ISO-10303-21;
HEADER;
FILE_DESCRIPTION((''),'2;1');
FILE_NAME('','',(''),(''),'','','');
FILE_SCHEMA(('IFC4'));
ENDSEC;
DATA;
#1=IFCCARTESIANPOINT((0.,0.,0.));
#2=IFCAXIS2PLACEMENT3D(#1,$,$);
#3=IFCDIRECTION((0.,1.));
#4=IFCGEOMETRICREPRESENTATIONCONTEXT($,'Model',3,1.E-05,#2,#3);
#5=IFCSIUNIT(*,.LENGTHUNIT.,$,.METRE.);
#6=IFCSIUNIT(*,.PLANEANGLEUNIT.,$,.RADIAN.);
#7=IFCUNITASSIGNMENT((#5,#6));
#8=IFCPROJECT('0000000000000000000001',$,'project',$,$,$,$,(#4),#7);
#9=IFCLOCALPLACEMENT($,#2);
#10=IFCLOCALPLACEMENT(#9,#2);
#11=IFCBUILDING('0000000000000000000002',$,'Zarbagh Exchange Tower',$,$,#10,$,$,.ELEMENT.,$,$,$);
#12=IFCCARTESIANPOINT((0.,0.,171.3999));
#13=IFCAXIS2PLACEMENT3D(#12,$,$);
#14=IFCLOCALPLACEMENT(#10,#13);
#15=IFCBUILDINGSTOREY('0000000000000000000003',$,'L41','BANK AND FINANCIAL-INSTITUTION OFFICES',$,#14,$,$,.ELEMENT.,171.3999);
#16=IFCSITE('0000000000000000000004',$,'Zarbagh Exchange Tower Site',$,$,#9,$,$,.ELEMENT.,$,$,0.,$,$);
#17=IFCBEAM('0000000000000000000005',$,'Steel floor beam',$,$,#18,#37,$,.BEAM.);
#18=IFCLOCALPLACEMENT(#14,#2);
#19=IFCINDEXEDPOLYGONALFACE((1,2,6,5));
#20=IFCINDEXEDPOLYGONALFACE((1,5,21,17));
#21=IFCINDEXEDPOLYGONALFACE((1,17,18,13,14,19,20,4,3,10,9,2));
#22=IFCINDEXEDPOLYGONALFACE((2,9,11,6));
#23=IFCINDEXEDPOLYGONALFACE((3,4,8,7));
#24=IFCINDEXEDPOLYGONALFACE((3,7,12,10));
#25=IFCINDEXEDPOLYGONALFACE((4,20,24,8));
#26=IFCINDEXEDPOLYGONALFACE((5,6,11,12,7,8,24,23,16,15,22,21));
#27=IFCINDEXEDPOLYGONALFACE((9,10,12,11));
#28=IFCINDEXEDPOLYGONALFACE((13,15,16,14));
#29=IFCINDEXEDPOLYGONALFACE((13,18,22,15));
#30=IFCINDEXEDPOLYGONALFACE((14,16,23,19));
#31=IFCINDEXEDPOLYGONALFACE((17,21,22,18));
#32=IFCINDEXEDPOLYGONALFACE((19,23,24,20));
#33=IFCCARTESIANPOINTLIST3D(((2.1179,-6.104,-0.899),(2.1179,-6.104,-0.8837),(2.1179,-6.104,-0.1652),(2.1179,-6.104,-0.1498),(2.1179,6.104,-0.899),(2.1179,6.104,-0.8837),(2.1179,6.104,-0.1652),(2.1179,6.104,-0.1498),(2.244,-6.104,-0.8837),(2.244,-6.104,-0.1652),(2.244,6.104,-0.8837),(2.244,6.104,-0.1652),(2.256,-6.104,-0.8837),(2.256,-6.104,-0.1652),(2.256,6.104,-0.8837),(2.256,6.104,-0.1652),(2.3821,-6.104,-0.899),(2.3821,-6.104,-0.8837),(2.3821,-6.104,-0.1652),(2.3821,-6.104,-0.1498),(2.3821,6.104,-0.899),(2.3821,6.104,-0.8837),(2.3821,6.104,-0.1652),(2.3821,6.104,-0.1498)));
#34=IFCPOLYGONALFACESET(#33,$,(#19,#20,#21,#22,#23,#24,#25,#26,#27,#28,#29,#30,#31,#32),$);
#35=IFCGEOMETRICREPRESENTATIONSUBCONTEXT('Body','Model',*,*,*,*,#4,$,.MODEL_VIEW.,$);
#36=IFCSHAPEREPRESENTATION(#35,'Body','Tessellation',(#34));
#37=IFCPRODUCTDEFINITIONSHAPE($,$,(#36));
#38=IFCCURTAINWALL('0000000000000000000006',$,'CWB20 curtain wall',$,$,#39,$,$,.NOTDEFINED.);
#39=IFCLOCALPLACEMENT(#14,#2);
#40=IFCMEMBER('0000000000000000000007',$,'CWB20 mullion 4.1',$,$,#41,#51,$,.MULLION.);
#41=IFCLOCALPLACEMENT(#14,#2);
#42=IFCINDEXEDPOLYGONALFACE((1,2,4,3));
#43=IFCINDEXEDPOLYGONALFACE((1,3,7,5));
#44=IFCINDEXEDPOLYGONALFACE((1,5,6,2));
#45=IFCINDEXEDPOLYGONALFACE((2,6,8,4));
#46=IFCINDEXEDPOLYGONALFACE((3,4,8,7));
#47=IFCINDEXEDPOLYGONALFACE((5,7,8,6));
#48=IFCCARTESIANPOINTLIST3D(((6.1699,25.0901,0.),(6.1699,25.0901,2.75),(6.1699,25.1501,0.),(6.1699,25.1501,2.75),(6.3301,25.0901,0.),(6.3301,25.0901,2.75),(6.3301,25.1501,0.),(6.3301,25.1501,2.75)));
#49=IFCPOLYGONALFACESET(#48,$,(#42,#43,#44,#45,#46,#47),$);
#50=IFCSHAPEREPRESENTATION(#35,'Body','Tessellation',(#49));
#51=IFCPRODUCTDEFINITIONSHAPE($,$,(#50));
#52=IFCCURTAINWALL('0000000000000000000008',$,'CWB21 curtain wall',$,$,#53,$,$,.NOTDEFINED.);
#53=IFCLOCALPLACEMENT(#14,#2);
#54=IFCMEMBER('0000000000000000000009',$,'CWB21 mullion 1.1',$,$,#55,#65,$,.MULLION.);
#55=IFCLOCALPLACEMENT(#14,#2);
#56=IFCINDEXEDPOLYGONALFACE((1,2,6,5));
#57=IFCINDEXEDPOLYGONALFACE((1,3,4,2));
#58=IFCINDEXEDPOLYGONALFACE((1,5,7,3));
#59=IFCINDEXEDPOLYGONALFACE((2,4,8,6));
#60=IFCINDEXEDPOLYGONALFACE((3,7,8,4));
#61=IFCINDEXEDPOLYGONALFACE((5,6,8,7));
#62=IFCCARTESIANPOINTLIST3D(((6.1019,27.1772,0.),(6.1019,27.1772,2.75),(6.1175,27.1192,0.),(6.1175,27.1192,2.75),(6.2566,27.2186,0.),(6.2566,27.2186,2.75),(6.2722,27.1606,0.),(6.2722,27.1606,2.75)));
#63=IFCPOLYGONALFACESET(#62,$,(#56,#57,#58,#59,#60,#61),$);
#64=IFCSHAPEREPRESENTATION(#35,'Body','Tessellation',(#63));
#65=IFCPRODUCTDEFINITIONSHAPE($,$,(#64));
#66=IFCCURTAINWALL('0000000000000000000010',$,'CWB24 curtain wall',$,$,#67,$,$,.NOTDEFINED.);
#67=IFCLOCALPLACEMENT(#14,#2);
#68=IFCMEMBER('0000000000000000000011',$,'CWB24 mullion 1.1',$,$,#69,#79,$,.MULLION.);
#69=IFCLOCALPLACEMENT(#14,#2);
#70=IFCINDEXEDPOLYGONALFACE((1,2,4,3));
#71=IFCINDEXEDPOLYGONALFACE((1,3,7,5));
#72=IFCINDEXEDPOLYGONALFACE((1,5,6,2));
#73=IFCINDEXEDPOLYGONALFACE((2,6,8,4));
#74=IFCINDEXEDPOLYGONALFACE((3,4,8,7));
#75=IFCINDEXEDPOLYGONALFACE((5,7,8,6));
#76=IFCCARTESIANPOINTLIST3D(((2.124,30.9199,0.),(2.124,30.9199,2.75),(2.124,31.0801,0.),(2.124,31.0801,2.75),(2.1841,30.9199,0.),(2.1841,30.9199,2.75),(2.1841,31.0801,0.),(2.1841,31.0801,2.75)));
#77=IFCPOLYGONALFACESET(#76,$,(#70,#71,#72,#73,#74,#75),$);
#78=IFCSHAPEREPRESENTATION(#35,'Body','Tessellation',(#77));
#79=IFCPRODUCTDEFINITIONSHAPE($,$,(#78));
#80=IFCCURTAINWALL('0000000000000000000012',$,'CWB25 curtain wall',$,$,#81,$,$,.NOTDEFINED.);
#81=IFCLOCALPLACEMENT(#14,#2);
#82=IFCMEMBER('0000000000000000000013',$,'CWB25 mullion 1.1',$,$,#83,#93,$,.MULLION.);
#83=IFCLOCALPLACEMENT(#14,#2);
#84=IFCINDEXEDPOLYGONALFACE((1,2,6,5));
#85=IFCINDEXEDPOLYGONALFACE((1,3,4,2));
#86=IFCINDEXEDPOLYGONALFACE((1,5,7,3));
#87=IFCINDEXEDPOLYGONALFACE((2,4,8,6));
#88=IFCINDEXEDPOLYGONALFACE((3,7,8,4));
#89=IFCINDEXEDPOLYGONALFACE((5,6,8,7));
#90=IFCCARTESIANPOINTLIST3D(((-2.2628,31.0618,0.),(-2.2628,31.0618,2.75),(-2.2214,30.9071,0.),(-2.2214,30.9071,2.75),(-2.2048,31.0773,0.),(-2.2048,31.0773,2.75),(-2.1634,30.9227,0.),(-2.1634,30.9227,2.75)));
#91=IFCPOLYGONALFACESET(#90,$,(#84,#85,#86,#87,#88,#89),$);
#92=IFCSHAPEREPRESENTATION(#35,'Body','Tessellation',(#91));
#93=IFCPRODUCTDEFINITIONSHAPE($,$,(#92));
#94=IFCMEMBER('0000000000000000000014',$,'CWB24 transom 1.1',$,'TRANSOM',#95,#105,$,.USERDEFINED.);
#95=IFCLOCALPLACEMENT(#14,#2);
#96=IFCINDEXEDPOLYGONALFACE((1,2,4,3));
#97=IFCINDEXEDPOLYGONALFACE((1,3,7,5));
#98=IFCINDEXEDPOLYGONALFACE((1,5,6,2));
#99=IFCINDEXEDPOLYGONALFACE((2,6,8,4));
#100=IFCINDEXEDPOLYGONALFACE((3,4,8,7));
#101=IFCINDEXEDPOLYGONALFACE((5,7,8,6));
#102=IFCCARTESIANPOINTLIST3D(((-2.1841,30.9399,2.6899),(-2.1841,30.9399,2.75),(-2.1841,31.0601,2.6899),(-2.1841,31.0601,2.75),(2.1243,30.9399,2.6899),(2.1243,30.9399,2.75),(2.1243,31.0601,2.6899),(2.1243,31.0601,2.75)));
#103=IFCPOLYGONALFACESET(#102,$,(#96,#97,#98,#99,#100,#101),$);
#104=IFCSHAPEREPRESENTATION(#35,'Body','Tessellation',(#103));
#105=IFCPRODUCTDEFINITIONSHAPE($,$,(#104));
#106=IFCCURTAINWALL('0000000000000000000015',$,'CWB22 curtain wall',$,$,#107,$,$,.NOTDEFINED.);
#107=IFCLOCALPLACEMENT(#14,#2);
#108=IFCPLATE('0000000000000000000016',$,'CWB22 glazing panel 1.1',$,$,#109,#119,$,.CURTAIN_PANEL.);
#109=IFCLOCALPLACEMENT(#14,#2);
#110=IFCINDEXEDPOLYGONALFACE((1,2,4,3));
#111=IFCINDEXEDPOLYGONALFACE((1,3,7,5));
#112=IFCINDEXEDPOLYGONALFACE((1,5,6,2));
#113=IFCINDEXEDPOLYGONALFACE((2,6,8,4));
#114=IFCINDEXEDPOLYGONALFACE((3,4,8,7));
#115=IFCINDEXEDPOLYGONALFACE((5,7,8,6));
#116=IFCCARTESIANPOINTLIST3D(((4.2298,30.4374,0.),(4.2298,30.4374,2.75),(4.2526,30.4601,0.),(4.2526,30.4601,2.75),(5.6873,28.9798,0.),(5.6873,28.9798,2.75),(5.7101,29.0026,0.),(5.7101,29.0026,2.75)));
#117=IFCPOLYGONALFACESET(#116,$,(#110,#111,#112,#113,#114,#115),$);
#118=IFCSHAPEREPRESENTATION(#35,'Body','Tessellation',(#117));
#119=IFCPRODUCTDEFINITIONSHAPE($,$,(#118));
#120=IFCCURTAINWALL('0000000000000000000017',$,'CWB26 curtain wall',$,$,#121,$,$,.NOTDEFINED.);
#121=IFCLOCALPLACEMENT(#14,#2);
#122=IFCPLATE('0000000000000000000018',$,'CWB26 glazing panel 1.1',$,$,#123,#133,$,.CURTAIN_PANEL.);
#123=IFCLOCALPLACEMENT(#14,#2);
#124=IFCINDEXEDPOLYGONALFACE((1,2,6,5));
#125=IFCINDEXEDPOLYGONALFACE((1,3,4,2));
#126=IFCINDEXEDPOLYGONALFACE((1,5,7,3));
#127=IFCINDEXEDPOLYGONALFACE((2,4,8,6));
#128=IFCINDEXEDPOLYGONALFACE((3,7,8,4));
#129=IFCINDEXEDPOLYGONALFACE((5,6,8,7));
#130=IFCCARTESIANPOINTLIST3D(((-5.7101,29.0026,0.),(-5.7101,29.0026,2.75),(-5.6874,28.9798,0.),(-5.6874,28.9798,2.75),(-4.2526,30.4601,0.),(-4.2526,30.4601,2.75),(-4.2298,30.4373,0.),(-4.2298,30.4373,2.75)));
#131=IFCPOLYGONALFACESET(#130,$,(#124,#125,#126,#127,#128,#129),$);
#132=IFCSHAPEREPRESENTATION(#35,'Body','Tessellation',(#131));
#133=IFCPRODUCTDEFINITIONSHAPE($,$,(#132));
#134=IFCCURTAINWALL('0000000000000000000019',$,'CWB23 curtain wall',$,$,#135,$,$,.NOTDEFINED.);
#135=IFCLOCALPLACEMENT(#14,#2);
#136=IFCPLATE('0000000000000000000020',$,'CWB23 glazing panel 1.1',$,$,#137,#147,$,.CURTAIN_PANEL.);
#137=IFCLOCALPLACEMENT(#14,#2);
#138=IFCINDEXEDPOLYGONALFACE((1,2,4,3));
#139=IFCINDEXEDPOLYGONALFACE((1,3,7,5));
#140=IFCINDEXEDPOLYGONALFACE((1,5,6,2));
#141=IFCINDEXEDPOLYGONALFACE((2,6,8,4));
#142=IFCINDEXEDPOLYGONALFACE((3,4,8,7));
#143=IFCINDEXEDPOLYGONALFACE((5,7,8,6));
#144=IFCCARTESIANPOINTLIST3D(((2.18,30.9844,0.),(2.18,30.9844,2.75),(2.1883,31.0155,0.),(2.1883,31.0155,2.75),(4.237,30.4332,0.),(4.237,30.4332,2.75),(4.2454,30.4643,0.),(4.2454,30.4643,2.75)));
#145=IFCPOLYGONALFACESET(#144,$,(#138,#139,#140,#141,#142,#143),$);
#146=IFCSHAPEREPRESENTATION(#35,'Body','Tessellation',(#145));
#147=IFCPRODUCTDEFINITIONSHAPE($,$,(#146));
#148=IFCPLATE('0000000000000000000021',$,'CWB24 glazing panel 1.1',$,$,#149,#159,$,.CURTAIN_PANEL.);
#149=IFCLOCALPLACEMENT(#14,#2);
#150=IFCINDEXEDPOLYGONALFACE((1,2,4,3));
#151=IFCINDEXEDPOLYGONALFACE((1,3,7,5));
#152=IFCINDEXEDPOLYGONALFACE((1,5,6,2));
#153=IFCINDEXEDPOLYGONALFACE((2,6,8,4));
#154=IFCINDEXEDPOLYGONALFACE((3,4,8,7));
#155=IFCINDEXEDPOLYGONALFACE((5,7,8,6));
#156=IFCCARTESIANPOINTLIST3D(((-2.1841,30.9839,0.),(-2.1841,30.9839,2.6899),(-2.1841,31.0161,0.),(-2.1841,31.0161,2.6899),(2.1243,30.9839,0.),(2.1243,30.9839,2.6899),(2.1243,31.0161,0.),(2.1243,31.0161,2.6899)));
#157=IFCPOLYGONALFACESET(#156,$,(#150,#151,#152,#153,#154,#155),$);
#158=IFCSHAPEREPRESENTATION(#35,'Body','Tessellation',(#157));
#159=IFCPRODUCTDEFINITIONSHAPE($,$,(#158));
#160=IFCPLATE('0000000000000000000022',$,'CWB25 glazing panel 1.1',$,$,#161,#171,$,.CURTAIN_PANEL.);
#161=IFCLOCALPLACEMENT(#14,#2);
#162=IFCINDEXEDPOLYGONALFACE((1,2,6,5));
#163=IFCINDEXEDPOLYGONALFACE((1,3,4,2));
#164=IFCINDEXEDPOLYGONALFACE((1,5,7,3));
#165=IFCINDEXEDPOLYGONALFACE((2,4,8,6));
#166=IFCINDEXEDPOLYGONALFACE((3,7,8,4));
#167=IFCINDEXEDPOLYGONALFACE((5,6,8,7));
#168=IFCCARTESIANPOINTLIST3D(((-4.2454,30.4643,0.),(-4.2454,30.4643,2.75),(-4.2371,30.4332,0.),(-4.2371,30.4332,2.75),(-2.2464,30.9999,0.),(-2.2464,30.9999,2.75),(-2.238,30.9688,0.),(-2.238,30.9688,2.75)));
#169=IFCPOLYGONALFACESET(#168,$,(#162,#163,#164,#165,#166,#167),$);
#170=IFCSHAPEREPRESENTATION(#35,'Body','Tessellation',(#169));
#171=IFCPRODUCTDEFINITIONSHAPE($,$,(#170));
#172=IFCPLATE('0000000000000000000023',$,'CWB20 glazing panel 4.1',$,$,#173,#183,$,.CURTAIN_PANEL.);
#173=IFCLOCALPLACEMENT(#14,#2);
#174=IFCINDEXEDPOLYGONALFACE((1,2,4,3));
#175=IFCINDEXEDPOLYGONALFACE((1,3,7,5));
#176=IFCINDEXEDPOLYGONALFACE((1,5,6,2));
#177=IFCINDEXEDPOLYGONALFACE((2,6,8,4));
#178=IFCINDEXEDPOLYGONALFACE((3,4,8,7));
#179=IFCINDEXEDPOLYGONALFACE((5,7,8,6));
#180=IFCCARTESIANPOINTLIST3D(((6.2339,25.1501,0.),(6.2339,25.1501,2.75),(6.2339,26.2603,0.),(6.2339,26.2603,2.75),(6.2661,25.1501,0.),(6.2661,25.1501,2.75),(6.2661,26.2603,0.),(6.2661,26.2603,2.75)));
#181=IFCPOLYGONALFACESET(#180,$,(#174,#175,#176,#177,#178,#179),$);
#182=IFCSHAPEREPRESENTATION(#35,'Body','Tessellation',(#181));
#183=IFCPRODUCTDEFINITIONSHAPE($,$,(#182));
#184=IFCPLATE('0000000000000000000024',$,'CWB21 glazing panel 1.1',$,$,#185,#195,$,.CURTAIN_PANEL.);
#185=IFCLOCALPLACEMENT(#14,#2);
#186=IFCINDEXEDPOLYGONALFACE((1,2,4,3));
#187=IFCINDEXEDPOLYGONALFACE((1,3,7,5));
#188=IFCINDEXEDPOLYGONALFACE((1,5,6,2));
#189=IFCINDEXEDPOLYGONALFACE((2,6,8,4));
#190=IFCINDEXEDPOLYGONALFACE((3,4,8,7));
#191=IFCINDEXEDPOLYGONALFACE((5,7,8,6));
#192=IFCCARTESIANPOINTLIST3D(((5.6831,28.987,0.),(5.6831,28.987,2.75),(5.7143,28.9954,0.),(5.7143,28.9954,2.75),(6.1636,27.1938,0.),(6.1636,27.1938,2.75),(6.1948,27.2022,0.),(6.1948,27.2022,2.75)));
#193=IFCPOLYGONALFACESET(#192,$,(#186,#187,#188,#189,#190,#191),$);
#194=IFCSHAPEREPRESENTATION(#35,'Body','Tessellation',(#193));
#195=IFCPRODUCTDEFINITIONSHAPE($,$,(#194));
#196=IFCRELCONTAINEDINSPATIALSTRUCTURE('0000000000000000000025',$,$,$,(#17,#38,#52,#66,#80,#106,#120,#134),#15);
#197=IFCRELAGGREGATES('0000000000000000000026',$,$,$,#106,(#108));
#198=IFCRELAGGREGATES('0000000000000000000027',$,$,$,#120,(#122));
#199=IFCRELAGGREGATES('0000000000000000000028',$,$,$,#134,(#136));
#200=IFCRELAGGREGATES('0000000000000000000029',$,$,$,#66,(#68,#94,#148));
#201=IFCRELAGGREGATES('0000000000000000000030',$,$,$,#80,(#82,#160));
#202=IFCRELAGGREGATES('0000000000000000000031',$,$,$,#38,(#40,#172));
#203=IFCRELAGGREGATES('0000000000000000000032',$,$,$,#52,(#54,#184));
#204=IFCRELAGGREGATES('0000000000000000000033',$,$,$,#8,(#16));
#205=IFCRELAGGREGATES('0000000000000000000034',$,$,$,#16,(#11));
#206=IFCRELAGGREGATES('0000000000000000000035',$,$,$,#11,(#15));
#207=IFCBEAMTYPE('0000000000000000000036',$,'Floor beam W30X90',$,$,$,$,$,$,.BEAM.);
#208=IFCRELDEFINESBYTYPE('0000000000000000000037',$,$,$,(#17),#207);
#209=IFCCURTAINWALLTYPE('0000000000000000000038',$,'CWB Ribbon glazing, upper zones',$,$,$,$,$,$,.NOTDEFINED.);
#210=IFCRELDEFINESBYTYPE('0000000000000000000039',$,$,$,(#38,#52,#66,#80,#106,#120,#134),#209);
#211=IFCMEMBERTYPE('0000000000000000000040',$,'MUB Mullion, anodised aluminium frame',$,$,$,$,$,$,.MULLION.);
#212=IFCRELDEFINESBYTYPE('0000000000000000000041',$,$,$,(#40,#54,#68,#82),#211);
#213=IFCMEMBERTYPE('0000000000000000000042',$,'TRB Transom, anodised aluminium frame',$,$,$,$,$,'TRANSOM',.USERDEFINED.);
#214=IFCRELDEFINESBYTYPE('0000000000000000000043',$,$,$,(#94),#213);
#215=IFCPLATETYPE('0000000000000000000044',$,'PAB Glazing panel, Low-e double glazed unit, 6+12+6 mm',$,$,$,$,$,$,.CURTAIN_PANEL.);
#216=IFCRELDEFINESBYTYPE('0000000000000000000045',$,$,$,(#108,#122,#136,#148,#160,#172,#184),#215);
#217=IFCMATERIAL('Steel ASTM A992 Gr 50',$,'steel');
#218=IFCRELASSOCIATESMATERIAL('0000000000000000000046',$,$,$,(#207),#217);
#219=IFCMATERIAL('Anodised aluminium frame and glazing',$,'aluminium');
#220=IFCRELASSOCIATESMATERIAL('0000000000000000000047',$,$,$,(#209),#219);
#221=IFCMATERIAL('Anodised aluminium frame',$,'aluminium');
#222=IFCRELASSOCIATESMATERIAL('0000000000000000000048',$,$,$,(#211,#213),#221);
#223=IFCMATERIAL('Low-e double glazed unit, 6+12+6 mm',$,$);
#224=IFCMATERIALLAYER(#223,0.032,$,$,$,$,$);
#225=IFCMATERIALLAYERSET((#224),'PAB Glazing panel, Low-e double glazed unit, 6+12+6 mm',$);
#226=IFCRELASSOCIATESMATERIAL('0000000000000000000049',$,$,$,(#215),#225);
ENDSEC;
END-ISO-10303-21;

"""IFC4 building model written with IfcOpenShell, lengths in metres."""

from ifc_helpers import new_model, si_unit, direction, frame, origin, origin_2d, place, context, subcontext, project, spatial, polyline, i_section, outline, extrude, source, transform, mapped, material, layer, layer_set, material_profile, profile_set, type_object, element, aggregate, save


model = new_model("IFC4")

# Units and contexts
model_context = context("Model", 3, precision=1e-05, world=origin(), true_north=direction((0.0, 1.0)))
body_context = subcontext(model_context, "Body", "Model", "MODEL_VIEW")
ifc_project = project(units=[si_unit("LENGTHUNIT", "METRE"), si_unit("PLANEANGLEUNIT", "RADIAN")], contexts=[model_context])

# Site, building, storey
site_placement = place(None, origin())
site = spatial("IfcSite", under=ifc_project, at=site_placement, Name="Zarbagh Exchange Tower Site", CompositionType="ELEMENT", RefElevation=0.0)
building_placement = place(site_placement, origin())
building = spatial("IfcBuilding", under=site, at=building_placement, Name="Zarbagh Exchange Tower", CompositionType="ELEMENT")
storey_placement = place(building_placement, frame((0.0, 0.0, 171.3999)))
storey = spatial("IfcBuildingStorey", under=building, at=storey_placement, Name="L41", Description="BANK AND FINANCIAL-INSTITUTION OFFICES", CompositionType="ELEMENT", Elevation=171.3999)

# Beam
ifc_material_1 = material(Name="Steel ASTM A992 Gr 50", Category="steel")
ifc_material_profile = material_profile(ifc_material_1, i_section(OverallWidth=0.2642, OverallDepth=0.7493, WebThickness=0.012, FlangeThickness=0.0154, at=origin_2d()), Name="W30X90")
ifc_profile_set = profile_set([ifc_material_profile], Name="Steel ASTM A992 Gr 50")
beam_type = type_object("IfcBeamType", Name="Floor beam W30X90", PredefinedType="BEAM", material=ifc_profile_set)
beam_placement = place(storey_placement, frame((2.25, -6.104, -0.5244), z_axis=(0.0, 1.0, 0.0), x_axis=(-1.0, 0.0, 0.0)))
element("IfcBeam", 1, at=beam_placement, inside=storey, type_object=beam_type, Name="Steel floor beam", PredefinedType="BEAM", context=body_context, shape_type="SweptSolid", body=[
    extrude(i_section(OverallWidth=0.2642, OverallDepth=0.7493, WebThickness=0.012, FlangeThickness=0.0154, at=origin_2d()), origin(), (0.0, 0.0, 1.0), 12.208),
])

# Curtain walls, members
ifc_material_2 = material(Name="Anodised aluminium frame and glazing", Category="aluminium")
curtain_wall_type = type_object("IfcCurtainWallType", Name="CWB Ribbon glazing, upper zones", PredefinedType="NOTDEFINED", material=ifc_material_2)
curtain_wall_1_placement = place(storey_placement, origin())
curtain_wall_1 = element("IfcCurtainWall", 2, at=curtain_wall_1_placement, inside=storey, type_object=curtain_wall_type, Name="CWB20 curtain wall", PredefinedType="NOTDEFINED")
ifc_material_3 = material(Name="Anodised aluminium frame", Category="aluminium")
member_type_1 = type_object("IfcMemberType", Name="MUB Mullion, anodised aluminium frame", PredefinedType="MULLION", material=ifc_material_3)
shared_shape_1 = source(origin(), body_context, "Body", "SweptSolid", [
    extrude(outline(polyline([(0.0, -0.0801), (0.0601, -0.0801), (0.0601, 0.0801), (0.0, 0.0801), (0.0, -0.0801)])), origin(), (0.0, 0.0, 1.0), 2.75),
])
placement = place(storey_placement, origin())
member_1 = element("IfcMember", 3, at=placement, type_object=member_type_1, Name="CWB20 mullion 4.1", PredefinedType="MULLION", context=body_context, shape_type="MappedRepresentation", body=[
    mapped(shared_shape_1, transform((6.25, 25.0901, 0.0), x_axis=(0.0, 1.0, 0.0), y_axis=(-1.0, 0.0, 0.0), z_axis=(0.0, 0.0, 1.0))),
])
curtain_wall_2_placement = place(storey_placement, origin())
curtain_wall_2 = element("IfcCurtainWall", 4, at=curtain_wall_2_placement, inside=storey, type_object=curtain_wall_type, Name="CWB21 curtain wall", PredefinedType="NOTDEFINED")
member_2 = element("IfcMember", 5, at=placement, type_object=member_type_1, Name="CWB21 mullion 1.1", PredefinedType="MULLION", context=body_context, shape_type="MappedRepresentation", body=[
    mapped(shared_shape_1, transform((6.1948, 27.1399, 0.0), x_axis=(-0.258825, 0.965924, 0.0), y_axis=(-0.965924, -0.258825, 0.0), z_axis=(0.0, 0.0, 1.0))),
])
curtain_wall_3_placement = place(storey_placement, origin())
curtain_wall_3 = element("IfcCurtainWall", 6, at=curtain_wall_3_placement, inside=storey, type_object=curtain_wall_type, Name="CWB24 curtain wall", PredefinedType="NOTDEFINED")
member_3 = element("IfcMember", 7, at=placement, type_object=member_type_1, Name="CWB24 mullion 1.1", PredefinedType="MULLION", context=body_context, shape_type="MappedRepresentation", body=[
    mapped(shared_shape_1, transform((2.1841, 31.0, 0.0), x_axis=(-1.0, 0.0, 0.0), y_axis=(0.0, -1.0, 0.0), z_axis=(0.0, 0.0, 1.0))),
])
curtain_wall_4_placement = place(storey_placement, origin())
curtain_wall_4 = element("IfcCurtainWall", 8, at=curtain_wall_4_placement, inside=storey, type_object=curtain_wall_type, Name="CWB25 curtain wall", PredefinedType="NOTDEFINED")
member_4 = element("IfcMember", 9, at=placement, type_object=member_type_1, Name="CWB25 mullion 1.1", PredefinedType="MULLION", context=body_context, shape_type="MappedRepresentation", body=[
    mapped(shared_shape_1, transform((-2.1841, 31.0, 0.0), x_axis=(-0.965924, -0.258825, 0.0), y_axis=(0.258825, -0.965924, 0.0), z_axis=(0.0, 0.0, 1.0))),
])

# Member
member_type_2 = type_object("IfcMemberType", Name="TRB Transom, anodised aluminium frame", ElementType="TRANSOM", PredefinedType="USERDEFINED", material=ifc_material_3)
shared_shape_2 = source(origin(), body_context, "Body", "SweptSolid", [
    extrude(outline(polyline([(-0.0601, -0.0601), (0.0, -0.0601), (0.0, 0.0601), (-0.0601, 0.0601), (-0.0601, -0.0601)])), origin(), (0.0, 0.0, 1.0), 4.3083),
])
member_5 = element("IfcMember", 10, at=placement, type_object=member_type_2, Name="CWB24 transom 1.1", ObjectType="TRANSOM", PredefinedType="USERDEFINED", context=body_context, shape_type="MappedRepresentation", body=[
    mapped(shared_shape_2, transform((2.1243, 31.0, 2.75), x_axis=(0.0, 0.0, 1.0), y_axis=(0.0, 1.0, 0.0), z_axis=(-1.0, 0.0, 0.0))),
])

# Curtain walls, plates
curtain_wall_5_placement = place(storey_placement, origin())
curtain_wall_5 = element("IfcCurtainWall", 11, at=curtain_wall_5_placement, inside=storey, type_object=curtain_wall_type, Name="CWB22 curtain wall", PredefinedType="NOTDEFINED")
ifc_material_4 = material(Name="Low-e double glazed unit, 6+12+6 mm")
ifc_layer_1 = layer(ifc_material_4, 0.032)
ifc_layer_set_1 = layer_set([ifc_layer_1], Name="PAB Glazing panel, Low-e double glazed unit, 6+12+6 mm")
plate_type = type_object("IfcPlateType", Name="PAB Glazing panel, Low-e double glazed unit, 6+12+6 mm", PredefinedType="CURTAIN_PANEL", material=ifc_layer_set_1)
shared_shape_3 = source(origin(), body_context, "Body", "SweptSolid", [
    extrude(outline(polyline([(0.0, -0.0161), (2.0613, -0.0161), (2.0613, 0.0161), (0.0, 0.0161), (0.0, -0.0161)])), origin(), (0.0, 0.0, 1.0), 2.75),
])
plate_1 = element("IfcPlate", 12, at=placement, type_object=plate_type, Name="CWB22 glazing panel 1.1", PredefinedType="CURTAIN_PANEL", context=body_context, shape_type="MappedRepresentation", body=[
    mapped(shared_shape_3, transform((5.6987, 28.9912, 0.0), x_axis=(-0.707107, 0.707107, 0.0), y_axis=(-0.707107, -0.707107, 0.0), z_axis=(0.0, 0.0, 1.0))),
])
aggregate(curtain_wall_5, [plate_1])
curtain_wall_6_placement = place(storey_placement, origin())
curtain_wall_6 = element("IfcCurtainWall", 13, at=curtain_wall_6_placement, inside=storey, type_object=curtain_wall_type, Name="CWB26 curtain wall", PredefinedType="NOTDEFINED")
plate_2 = element("IfcPlate", 14, at=placement, type_object=plate_type, Name="CWB26 glazing panel 1.1", PredefinedType="CURTAIN_PANEL", context=body_context, shape_type="MappedRepresentation", body=[
    mapped(shared_shape_3, transform((-4.2412, 30.4487, 0.0), x_axis=(-0.707107, -0.707107, 0.0), y_axis=(0.707107, -0.707107, 0.0), z_axis=(0.0, 0.0, 1.0))),
])
aggregate(curtain_wall_6, [plate_2])
curtain_wall_7_placement = place(storey_placement, origin())
curtain_wall_7 = element("IfcCurtainWall", 15, at=curtain_wall_7_placement, inside=storey, type_object=curtain_wall_type, Name="CWB23 curtain wall", PredefinedType="NOTDEFINED")
shared_shape_4 = source(origin(), body_context, "Body", "SweptSolid", [
    extrude(outline(polyline([(0.0, -0.0161), (2.1296, -0.0161), (2.1296, 0.0161), (0.0, 0.0161), (0.0, -0.0161)])), origin(), (0.0, 0.0, 1.0), 2.75),
])
plate_3 = element("IfcPlate", 16, at=placement, type_object=plate_type, Name="CWB23 glazing panel 1.1", PredefinedType="CURTAIN_PANEL", context=body_context, shape_type="MappedRepresentation", body=[
    mapped(shared_shape_4, transform((4.2412, 30.4487, 0.0), x_axis=(-0.965924, 0.258825, 0.0), y_axis=(-0.258825, -0.965924, 0.0), z_axis=(0.0, 0.0, 1.0))),
])
aggregate(curtain_wall_7, [plate_3])

# Plates
shared_shape_5 = source(origin(), body_context, "Body", "SweptSolid", [
    extrude(outline(polyline([(0.0, -0.0161), (4.3083, -0.0161), (4.3083, 0.0161), (0.0, 0.0161), (0.0, -0.0161)])), origin(), (0.0, 0.0, 1.0), 2.6899),
])
plate_4 = element("IfcPlate", 17, at=placement, type_object=plate_type, Name="CWB24 glazing panel 1.1", PredefinedType="CURTAIN_PANEL", context=body_context, shape_type="MappedRepresentation", body=[
    mapped(shared_shape_5, transform((2.1243, 31.0, 0.0), x_axis=(-1.0, 0.0, 0.0), y_axis=(0.0, -1.0, 0.0), z_axis=(0.0, 0.0, 1.0))),
])
aggregate(curtain_wall_3, [member_3, member_5, plate_4])
shared_shape_6 = source(origin(), body_context, "Body", "SweptSolid", [
    extrude(outline(polyline([(0.0, -0.0161), (2.0696, -0.0161), (2.0696, 0.0161), (0.0, 0.0161), (0.0, -0.0161)])), origin(), (0.0, 0.0, 1.0), 2.75),
])
plate_5 = element("IfcPlate", 18, at=placement, type_object=plate_type, Name="CWB25 glazing panel 1.1", PredefinedType="CURTAIN_PANEL", context=body_context, shape_type="MappedRepresentation", body=[
    mapped(shared_shape_6, transform((-2.2422, 30.9844, 0.0), x_axis=(-0.965924, -0.258825, 0.0), y_axis=(0.258825, -0.965924, 0.0), z_axis=(0.0, 0.0, 1.0))),
])
aggregate(curtain_wall_4, [member_4, plate_5])
shared_shape_7 = source(origin(), body_context, "Body", "SweptSolid", [
    extrude(outline(polyline([(0.0, -0.0161), (1.1101, -0.0161), (1.1101, 0.0161), (0.0, 0.0161), (0.0, -0.0161)])), origin(), (0.0, 0.0, 1.0), 2.75),
])
plate_6 = element("IfcPlate", 19, at=placement, type_object=plate_type, Name="CWB20 glazing panel 4.1", PredefinedType="CURTAIN_PANEL", context=body_context, shape_type="MappedRepresentation", body=[
    mapped(shared_shape_7, transform((6.25, 25.1501, 0.0), x_axis=(0.0, 1.0, 0.0), y_axis=(-1.0, 0.0, 0.0), z_axis=(0.0, 0.0, 1.0))),
])
aggregate(curtain_wall_1, [member_1, plate_6])
shared_shape_8 = source(origin(), body_context, "Body", "SweptSolid", [
    extrude(outline(polyline([(0.0, -0.0161), (1.8564, -0.0161), (1.8564, 0.0161), (0.0, 0.0161), (0.0, -0.0161)])), origin(), (0.0, 0.0, 1.0), 2.75),
])
plate_7 = element("IfcPlate", 20, at=placement, type_object=plate_type, Name="CWB21 glazing panel 1.1", PredefinedType="CURTAIN_PANEL", context=body_context, shape_type="MappedRepresentation", body=[
    mapped(shared_shape_8, transform((6.1792, 27.198, 0.0), x_axis=(-0.258825, 0.965924, 0.0), y_axis=(-0.965924, -0.258825, 0.0), z_axis=(0.0, 0.0, 1.0))),
])
aggregate(curtain_wall_2, [member_2, plate_7])

save(model, "model.ifc")
